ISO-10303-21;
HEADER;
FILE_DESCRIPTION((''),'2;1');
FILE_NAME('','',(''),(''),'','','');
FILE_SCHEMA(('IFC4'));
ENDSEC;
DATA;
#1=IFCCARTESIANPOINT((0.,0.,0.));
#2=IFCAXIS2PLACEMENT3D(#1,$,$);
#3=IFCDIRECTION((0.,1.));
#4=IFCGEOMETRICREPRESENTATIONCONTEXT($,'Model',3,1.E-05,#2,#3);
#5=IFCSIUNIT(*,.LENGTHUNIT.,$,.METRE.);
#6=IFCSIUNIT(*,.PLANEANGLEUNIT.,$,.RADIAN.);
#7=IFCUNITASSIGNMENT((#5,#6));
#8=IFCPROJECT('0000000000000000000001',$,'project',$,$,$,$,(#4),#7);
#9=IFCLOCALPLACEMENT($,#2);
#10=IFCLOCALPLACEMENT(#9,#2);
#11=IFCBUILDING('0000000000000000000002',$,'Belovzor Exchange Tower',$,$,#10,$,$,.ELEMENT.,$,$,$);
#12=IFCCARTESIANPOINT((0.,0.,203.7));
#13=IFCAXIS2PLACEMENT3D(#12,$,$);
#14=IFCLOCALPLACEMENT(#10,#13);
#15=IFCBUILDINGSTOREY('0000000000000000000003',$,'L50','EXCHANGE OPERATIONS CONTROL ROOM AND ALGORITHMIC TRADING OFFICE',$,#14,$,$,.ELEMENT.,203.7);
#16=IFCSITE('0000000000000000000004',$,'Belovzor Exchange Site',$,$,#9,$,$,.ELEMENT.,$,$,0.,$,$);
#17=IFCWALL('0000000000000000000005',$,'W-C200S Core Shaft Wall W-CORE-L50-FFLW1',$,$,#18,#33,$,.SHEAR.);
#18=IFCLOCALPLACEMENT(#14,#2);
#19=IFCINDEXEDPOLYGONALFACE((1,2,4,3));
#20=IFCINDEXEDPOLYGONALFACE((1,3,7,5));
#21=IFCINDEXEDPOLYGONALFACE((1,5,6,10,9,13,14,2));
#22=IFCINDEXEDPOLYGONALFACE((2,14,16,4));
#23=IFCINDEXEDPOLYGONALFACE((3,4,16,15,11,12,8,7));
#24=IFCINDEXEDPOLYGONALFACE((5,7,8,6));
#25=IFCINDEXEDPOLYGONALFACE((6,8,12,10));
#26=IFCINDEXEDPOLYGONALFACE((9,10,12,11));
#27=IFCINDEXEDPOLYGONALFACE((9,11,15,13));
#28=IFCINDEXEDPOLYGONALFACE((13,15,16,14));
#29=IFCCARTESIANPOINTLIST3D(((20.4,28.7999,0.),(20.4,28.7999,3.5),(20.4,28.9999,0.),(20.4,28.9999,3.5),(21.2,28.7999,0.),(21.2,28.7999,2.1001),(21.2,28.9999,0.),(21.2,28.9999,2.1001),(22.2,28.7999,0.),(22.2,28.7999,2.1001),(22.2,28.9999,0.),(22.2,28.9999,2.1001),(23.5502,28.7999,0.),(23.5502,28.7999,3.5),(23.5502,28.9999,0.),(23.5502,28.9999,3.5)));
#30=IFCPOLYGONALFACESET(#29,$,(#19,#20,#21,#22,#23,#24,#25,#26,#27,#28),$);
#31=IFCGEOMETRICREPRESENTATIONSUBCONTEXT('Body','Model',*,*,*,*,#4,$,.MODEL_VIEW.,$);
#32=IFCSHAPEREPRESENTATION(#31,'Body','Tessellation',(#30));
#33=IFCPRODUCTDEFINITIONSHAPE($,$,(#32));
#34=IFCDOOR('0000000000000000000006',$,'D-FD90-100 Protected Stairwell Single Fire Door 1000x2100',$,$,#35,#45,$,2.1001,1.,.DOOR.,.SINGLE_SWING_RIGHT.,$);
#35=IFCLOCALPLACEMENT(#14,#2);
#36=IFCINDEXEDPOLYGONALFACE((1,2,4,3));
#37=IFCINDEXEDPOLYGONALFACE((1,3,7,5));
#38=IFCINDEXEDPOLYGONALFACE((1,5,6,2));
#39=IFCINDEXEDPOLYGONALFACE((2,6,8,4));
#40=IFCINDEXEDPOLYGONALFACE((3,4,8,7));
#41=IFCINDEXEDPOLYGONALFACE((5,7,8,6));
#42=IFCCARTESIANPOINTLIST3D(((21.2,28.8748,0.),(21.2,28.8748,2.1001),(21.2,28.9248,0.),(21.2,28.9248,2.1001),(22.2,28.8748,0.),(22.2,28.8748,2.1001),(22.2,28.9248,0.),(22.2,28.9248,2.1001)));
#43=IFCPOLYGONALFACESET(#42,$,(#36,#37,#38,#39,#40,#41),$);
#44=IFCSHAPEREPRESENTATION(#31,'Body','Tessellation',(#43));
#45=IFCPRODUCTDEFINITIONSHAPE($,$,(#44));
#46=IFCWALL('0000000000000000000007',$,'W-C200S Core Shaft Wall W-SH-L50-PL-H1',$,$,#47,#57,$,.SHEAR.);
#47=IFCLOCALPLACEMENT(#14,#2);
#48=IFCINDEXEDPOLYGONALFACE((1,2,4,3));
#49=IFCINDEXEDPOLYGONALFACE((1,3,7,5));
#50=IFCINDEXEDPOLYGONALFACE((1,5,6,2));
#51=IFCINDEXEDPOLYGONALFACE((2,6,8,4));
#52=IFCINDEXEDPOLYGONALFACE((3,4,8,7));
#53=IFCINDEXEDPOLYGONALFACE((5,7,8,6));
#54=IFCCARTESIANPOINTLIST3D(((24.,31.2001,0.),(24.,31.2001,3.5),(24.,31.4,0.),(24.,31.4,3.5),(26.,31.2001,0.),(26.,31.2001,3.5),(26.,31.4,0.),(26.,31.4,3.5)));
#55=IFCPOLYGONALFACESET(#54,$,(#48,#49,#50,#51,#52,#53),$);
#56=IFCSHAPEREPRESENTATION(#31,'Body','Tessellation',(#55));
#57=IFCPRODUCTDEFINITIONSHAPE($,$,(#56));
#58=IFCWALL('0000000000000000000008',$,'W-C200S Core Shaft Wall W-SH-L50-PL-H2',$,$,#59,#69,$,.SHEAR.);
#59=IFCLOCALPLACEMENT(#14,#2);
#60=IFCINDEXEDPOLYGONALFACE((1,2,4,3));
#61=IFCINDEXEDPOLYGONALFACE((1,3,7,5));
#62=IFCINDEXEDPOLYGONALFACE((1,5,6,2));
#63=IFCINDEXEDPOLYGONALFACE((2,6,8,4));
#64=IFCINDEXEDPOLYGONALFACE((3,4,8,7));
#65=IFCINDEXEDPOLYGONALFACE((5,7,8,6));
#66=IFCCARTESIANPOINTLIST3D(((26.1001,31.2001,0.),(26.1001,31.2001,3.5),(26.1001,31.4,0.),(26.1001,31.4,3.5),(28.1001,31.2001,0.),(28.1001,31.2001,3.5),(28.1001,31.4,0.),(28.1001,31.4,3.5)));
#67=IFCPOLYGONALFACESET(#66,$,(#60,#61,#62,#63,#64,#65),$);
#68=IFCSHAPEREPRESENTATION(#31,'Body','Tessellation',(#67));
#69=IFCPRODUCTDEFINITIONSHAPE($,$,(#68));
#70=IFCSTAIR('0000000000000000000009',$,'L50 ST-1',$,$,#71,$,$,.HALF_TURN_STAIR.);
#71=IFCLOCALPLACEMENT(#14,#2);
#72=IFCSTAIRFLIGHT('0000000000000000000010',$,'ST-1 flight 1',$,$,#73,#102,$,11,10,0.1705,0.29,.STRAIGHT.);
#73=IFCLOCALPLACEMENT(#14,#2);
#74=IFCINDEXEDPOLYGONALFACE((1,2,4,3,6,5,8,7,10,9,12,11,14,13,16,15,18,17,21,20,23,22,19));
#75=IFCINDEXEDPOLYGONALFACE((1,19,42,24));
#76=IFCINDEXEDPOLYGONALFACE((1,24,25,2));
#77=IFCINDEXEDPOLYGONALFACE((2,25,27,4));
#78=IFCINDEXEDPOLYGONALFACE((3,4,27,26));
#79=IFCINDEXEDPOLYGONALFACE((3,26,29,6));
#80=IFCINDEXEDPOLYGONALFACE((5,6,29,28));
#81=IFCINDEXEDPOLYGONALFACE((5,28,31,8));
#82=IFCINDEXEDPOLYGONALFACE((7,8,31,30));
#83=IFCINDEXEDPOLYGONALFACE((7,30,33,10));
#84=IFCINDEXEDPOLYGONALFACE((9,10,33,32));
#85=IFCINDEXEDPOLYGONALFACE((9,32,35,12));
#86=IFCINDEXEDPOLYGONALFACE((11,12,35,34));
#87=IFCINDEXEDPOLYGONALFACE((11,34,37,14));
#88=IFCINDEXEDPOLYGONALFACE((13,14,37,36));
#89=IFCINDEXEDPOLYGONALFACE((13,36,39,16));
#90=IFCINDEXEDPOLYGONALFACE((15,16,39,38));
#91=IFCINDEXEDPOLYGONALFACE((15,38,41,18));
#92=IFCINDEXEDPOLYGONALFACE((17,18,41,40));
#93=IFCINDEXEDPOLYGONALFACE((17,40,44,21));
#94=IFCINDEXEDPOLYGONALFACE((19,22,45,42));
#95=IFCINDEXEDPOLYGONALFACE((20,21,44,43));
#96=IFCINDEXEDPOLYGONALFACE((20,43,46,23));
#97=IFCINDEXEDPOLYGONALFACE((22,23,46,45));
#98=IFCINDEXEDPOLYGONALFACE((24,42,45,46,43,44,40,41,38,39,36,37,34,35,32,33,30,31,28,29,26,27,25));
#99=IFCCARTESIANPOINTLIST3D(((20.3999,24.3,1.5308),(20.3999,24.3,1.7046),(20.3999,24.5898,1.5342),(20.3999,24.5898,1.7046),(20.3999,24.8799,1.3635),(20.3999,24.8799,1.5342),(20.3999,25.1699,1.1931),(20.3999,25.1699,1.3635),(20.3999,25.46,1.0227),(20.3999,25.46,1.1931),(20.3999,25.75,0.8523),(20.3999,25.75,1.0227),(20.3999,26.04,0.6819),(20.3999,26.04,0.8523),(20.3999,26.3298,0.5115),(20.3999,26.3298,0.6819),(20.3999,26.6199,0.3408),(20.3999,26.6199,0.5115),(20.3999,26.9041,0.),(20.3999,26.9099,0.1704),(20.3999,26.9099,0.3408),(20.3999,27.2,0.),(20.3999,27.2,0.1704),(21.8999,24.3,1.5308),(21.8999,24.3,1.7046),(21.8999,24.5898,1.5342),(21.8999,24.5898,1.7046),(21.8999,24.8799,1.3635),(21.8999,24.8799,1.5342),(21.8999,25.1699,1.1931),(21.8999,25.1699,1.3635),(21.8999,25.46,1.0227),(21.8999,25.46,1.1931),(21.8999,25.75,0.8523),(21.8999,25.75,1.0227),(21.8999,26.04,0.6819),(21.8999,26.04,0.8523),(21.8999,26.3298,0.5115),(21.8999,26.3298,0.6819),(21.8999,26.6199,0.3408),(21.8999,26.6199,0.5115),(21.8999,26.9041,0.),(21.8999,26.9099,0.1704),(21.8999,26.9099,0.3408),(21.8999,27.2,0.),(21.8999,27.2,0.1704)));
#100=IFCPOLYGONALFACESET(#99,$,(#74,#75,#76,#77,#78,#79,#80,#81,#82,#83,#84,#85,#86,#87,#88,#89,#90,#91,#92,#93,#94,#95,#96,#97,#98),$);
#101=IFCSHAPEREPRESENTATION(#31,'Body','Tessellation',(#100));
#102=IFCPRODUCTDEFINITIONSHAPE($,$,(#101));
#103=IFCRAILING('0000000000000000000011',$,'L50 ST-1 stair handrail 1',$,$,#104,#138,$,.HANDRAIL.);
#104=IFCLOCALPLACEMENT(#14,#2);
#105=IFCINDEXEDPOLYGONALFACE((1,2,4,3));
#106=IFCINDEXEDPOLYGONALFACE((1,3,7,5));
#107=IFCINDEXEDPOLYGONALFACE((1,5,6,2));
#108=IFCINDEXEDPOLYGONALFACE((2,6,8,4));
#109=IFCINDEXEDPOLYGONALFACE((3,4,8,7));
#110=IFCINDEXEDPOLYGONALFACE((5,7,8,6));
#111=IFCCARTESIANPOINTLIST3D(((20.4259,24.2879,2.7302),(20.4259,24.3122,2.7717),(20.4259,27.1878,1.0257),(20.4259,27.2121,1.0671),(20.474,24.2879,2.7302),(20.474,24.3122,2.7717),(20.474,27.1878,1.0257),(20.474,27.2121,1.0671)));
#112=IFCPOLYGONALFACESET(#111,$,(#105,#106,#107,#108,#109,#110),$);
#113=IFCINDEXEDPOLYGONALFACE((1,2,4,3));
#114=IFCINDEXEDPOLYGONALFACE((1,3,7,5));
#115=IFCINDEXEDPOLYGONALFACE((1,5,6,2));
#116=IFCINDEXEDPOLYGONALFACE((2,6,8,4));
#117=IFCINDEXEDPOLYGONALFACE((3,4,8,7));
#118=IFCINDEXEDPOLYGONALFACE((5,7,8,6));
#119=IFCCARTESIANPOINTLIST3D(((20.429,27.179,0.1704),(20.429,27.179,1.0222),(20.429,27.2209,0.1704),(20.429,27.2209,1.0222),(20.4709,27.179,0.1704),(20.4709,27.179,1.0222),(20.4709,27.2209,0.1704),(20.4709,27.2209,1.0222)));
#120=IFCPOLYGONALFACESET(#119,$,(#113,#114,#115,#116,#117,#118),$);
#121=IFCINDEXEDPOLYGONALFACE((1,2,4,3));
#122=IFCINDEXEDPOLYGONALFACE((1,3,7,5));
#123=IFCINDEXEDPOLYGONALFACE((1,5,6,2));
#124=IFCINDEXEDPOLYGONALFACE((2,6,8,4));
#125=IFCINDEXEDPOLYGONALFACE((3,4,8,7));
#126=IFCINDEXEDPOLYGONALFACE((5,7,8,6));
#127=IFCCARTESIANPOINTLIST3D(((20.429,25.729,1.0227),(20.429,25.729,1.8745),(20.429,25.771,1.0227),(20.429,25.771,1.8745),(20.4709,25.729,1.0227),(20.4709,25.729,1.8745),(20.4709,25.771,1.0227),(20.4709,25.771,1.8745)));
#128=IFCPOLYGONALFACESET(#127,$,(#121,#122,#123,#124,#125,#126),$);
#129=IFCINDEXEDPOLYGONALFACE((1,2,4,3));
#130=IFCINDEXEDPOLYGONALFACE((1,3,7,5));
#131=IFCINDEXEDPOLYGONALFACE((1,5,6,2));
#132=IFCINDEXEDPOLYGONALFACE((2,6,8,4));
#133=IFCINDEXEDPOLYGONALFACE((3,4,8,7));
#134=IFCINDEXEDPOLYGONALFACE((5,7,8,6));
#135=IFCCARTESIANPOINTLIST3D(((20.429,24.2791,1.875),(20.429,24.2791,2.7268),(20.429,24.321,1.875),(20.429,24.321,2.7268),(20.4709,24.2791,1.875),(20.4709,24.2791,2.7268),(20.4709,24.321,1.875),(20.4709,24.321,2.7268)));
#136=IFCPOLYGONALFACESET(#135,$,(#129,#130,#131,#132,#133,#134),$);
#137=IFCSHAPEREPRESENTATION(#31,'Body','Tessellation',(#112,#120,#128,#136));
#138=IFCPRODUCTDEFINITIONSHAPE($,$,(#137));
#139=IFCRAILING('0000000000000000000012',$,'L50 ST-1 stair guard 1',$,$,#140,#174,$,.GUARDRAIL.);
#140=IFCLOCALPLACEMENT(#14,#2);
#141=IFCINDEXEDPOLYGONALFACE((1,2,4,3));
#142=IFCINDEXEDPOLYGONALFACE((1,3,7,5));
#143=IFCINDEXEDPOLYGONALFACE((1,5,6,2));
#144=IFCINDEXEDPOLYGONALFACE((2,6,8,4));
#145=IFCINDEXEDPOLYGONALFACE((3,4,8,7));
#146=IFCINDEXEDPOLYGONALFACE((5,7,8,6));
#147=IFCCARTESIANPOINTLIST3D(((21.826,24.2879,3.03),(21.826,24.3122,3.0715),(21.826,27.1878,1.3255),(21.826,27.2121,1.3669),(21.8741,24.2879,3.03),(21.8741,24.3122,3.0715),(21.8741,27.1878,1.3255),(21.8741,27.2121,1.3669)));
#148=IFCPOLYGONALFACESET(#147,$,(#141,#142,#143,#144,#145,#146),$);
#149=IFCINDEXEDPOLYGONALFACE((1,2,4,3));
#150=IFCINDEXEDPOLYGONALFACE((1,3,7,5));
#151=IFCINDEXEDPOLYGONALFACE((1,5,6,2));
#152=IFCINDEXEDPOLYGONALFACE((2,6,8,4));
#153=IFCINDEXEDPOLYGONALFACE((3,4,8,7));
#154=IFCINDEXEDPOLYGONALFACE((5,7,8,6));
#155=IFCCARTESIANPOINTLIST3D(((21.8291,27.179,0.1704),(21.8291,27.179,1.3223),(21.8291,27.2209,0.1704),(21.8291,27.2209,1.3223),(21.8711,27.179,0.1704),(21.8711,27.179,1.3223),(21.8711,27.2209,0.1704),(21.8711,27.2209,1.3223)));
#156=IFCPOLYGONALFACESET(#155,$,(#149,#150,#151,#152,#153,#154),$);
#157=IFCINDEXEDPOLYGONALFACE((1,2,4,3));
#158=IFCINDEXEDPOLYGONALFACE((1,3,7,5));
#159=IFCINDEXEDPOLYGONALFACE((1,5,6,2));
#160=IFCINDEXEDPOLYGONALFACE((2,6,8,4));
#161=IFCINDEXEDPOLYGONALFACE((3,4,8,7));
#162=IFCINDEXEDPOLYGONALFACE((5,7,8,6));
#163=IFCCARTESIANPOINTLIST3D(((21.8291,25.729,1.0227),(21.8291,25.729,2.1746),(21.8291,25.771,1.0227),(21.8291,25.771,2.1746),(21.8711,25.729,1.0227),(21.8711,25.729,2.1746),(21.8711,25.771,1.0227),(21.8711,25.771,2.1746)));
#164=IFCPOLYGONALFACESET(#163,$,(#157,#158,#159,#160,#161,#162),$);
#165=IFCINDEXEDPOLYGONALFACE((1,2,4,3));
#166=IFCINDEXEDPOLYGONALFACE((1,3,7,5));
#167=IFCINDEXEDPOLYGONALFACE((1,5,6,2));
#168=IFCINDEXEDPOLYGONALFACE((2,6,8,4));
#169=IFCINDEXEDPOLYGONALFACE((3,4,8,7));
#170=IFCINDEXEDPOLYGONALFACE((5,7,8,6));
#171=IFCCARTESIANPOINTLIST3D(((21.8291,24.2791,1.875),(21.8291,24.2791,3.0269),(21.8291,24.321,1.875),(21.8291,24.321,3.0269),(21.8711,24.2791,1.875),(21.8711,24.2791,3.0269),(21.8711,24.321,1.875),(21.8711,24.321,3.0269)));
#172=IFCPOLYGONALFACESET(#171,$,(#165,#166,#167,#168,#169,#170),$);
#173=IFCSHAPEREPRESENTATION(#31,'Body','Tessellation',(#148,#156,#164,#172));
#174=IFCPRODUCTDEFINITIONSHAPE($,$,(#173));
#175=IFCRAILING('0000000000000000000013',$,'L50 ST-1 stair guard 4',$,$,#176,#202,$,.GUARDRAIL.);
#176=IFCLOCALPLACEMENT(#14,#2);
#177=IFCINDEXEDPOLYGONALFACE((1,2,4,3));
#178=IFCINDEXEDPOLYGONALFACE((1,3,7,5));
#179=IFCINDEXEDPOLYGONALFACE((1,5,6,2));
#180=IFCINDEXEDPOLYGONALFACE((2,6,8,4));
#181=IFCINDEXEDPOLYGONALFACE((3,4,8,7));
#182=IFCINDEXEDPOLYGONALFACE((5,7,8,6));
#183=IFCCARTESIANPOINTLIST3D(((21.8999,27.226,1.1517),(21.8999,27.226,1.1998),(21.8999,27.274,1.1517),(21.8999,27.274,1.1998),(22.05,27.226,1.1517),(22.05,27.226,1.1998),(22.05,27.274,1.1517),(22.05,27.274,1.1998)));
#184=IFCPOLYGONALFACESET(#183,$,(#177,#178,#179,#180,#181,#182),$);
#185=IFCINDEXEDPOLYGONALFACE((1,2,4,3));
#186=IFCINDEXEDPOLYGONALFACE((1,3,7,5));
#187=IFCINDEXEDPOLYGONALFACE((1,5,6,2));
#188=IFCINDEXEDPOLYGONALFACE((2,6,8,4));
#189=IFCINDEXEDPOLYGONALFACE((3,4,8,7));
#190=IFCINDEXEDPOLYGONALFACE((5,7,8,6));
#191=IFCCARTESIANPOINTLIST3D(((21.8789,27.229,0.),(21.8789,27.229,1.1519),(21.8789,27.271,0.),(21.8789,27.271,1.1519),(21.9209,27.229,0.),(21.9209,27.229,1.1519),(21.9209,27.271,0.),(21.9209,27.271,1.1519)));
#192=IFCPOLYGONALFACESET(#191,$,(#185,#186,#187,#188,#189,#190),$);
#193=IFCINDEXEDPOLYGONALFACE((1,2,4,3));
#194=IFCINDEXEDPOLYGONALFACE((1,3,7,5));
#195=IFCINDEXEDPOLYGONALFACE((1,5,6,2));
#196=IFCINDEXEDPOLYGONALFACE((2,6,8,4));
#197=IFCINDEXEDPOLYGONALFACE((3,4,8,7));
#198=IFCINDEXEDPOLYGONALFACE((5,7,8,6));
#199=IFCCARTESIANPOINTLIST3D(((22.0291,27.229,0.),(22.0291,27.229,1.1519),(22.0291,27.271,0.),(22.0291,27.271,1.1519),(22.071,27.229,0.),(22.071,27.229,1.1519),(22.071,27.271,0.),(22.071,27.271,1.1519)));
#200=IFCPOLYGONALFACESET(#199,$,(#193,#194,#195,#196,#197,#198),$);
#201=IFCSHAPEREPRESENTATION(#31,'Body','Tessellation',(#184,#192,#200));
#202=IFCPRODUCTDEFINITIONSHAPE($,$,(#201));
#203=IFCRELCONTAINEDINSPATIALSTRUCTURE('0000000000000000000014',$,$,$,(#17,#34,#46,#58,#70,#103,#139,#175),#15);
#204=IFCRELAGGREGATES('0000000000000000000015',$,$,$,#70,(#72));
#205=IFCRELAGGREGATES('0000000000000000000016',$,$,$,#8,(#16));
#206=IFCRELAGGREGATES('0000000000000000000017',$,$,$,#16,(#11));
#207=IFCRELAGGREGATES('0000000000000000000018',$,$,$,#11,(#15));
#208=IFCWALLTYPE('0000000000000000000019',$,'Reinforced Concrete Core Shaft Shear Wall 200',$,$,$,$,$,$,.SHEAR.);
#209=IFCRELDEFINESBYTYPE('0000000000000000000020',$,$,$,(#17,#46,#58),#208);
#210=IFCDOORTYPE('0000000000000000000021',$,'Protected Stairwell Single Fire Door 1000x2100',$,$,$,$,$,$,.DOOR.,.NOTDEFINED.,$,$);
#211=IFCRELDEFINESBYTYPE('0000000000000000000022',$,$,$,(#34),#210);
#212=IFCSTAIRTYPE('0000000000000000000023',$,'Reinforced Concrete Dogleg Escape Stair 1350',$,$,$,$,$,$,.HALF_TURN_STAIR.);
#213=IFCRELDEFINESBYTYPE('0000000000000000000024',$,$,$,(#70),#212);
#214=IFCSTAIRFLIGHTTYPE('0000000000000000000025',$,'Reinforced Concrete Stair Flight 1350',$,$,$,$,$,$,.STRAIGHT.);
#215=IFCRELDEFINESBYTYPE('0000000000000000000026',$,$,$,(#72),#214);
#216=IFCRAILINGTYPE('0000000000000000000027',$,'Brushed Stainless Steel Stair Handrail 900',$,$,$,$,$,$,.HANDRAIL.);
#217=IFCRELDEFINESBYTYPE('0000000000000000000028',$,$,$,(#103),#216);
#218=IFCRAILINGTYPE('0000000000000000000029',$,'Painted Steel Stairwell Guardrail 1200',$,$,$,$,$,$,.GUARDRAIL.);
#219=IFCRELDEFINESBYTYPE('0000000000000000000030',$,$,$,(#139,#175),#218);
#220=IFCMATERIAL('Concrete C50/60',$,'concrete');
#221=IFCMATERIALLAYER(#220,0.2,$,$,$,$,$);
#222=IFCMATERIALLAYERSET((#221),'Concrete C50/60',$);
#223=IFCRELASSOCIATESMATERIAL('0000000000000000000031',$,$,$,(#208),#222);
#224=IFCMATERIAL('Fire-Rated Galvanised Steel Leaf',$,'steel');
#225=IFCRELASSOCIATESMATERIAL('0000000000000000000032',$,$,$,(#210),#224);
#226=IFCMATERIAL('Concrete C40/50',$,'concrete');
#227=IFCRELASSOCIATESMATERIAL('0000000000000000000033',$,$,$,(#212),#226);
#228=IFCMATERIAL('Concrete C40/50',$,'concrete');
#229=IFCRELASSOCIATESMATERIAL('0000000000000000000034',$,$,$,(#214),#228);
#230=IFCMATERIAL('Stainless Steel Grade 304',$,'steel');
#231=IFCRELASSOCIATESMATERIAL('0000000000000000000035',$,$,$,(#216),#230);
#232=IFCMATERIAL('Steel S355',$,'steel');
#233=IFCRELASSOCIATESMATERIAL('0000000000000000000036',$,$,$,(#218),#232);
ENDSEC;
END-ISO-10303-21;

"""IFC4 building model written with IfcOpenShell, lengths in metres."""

from ifc_helpers import new_model, si_unit, direction, frame, frame_2d, origin, origin_2d, place, context, subcontext, project, spatial, polyline, rectangle, outline, extrude, material, layer, layer_set, type_object, element, fill, aggregate, save


model = new_model("IFC4")

# Units and contexts
model_context = context("Model", 3, precision=1e-05, world=origin(), true_north=direction((0.0, 1.0)))
body_context = subcontext(model_context, "Body", "Model", "MODEL_VIEW")
ifc_project = project(units=[si_unit("LENGTHUNIT", "METRE"), si_unit("PLANEANGLEUNIT", "RADIAN")], contexts=[model_context])

# Site, building, storey
site_placement = place(None, origin())
site = spatial("IfcSite", under=ifc_project, at=site_placement, Name="Belovzor Exchange Site", CompositionType="ELEMENT", RefElevation=0.0)
building_placement = place(site_placement, origin())
building = spatial("IfcBuilding", under=site, at=building_placement, Name="Belovzor Exchange Tower", CompositionType="ELEMENT")
storey_placement = place(building_placement, frame((0.0, 0.0, 203.7)))
storey = spatial("IfcBuildingStorey", under=building, at=storey_placement, Name="L50", Description="EXCHANGE OPERATIONS CONTROL ROOM AND ALGORITHMIC TRADING OFFICE", CompositionType="ELEMENT", Elevation=203.7)

# Wall, opening, door
ifc_material_1 = material(Name="Concrete C50/60", Category="concrete")
ifc_layer_1 = layer(ifc_material_1, 0.2)
ifc_layer_set_1 = layer_set([ifc_layer_1], Name="Concrete C50/60")
wall_type_1 = type_object("IfcWallType", Name="Reinforced Concrete Core Shaft Shear Wall 200", PredefinedType="SHEAR", material=ifc_layer_set_1)
wall_1_placement = place(storey_placement, frame((20.3999, 28.8999, 0.0), z_axis=(0.0, 0.0, 1.0), x_axis=(1.0, 0.0, 0.0)))
wall_1 = element("IfcWall", 1, at=wall_1_placement, inside=storey, type_object=wall_type_1, Name="W-C200S Core Shaft Wall W-CORE-L50-FFLW1", PredefinedType="SHEAR", context=body_context, shape_type="SweptSolid", body=[
    extrude(rectangle(XDim=3.1501, YDim=0.2, at=frame_2d((1.5752, 0.0))), origin(), (0.0, 0.0, 1.0), 3.5),
])
opening_1_placement = place(wall_1_placement, frame((0.8, 0.0, 0.0)))
opening_1 = element("IfcOpeningElement", 2, at=opening_1_placement, cuts=wall_1, PredefinedType="OPENING", context=body_context, shape_type="SweptSolid", body=[
    extrude(rectangle(XDim=1.0, YDim=2.1001, at=frame_2d((0.5, 1.05))), frame((0.0, 0.1099, 0.0), z_axis=(0.0, -1.0, 0.0), x_axis=(1.0, 0.0, 0.0)), (0.0, 0.0, 1.0), 0.22),
])
ifc_material_2 = material(Name="Fire-Rated Galvanised Steel Leaf", Category="steel")
door_type_1 = type_object("IfcDoorType", Name="Protected Stairwell Single Fire Door 1000x2100", OperationType="NOTDEFINED", PredefinedType="DOOR", material=ifc_material_2)
door_1_placement = place(opening_1_placement, origin())
door_1 = element("IfcDoor", 3, at=door_1_placement, inside=storey, type_object=door_type_1, Name="D-FD90-100 Protected Stairwell Single Fire Door 1000x2100", OperationType="SINGLE_SWING_RIGHT", OverallHeight=2.1001, OverallWidth=1.0, PredefinedType="DOOR", context=body_context, shape_type="SweptSolid", body=[
    extrude(rectangle(XDim=1.0, YDim=2.1001, at=frame_2d((0.5, 1.05))), frame((0.0, 0.0249, 0.0), z_axis=(0.0, -1.0, 0.0), x_axis=(1.0, 0.0, 0.0)), (0.0, 0.0, 1.0), 0.05),
])
fill(opening_1, door_1)

# Walls
for number, where, z_axis, x_axis, name in (
    (4, (24.0, 31.3, 0.0), (0.0, 0.0, 1.0), (1.0, 0.0, 0.0), "W-C200S Core Shaft Wall W-SH-L50-PL-H1"),
    (5, (26.1001, 31.3, 0.0), (0.0, 0.0, 1.0), (1.0, 0.0, 0.0), "W-C200S Core Shaft Wall W-SH-L50-PL-H2"),
):
    element("IfcWall", number, at=place(storey_placement, frame(where, z_axis=z_axis, x_axis=x_axis)), inside=storey, type_object=wall_type_1, Name=name, PredefinedType="SHEAR", context=body_context, shape_type="SweptSolid", body=[
        extrude(rectangle(XDim=2.0, YDim=0.2, at=frame_2d((1.0, 0.0))), origin(), (0.0, 0.0, 1.0), 3.5),
    ])

# Stair, stair flight
ifc_material_3 = material(Name="Concrete C40/50", Category="concrete")
stair_type = type_object("IfcStairType", Name="Reinforced Concrete Dogleg Escape Stair 1350", PredefinedType="HALF_TURN_STAIR", material=ifc_material_3)
stair_placement = place(storey_placement, origin())
stair = element("IfcStair", 6, at=stair_placement, inside=storey, type_object=stair_type, Name="L50 ST-1", PredefinedType="HALF_TURN_STAIR")
ifc_material_4 = material(Name="Concrete C40/50", Category="concrete")
stair_flight_type = type_object("IfcStairFlightType", Name="Reinforced Concrete Stair Flight 1350", PredefinedType="STRAIGHT", material=ifc_material_4)
stair_flight_placement = place(storey_placement, frame((21.1499, 27.2, 0.0), z_axis=(0.0, 0.0, 1.0), x_axis=(0.0, -1.0, 0.0)))
stair_flight = element("IfcStairFlight", 7, at=stair_flight_placement, type_object=stair_flight_type, Name="ST-1 flight 1", NumberOfRisers=11, NumberOfTreads=10, PredefinedType="STRAIGHT", RiserHeight=0.1705, TreadLength=0.29, context=body_context, shape_type="SweptSolid", body=[
    extrude(outline(polyline([(0.0, 0.0), (0.0, 0.1704), (0.29, 0.1704), (0.29, 0.3408), (0.5801, 0.3408), (0.5801, 0.5115), (0.8701, 0.5115), (0.8701, 0.6819), (1.1599, 0.6819), (1.1599, 0.8523), (1.45, 0.8523), (1.45, 1.0227), (1.74, 1.0227), (1.74, 1.1931), (2.03, 1.1931), (2.03, 1.3635), (2.3201, 1.3635), (2.3201, 1.5342), (2.6101, 1.5342), (2.6101, 1.7046), (2.8999, 1.7046), (2.8999, 1.875), (2.8999, 1.5308), (0.2959, 0.0), (0.0, 0.0)])), frame((0.0, 0.75, 0.0), z_axis=(0.0, -1.0, 0.0), x_axis=(1.0, 0.0, 0.0)), (0.0, 0.0, 1.0), 1.5),
])
aggregate(stair, [stair_flight])

# Railings
ifc_material_5 = material(Name="Stainless Steel Grade 304", Category="steel")
railing_type_1 = type_object("IfcRailingType", Name="Brushed Stainless Steel Stair Handrail 900", PredefinedType="HANDRAIL", material=ifc_material_5)
railing_1_placement = place(storey_placement, frame((20.45, 27.2, 0.1704)))
element("IfcRailing", 8, at=railing_1_placement, inside=storey, type_object=railing_type_1, Name="L50 ST-1 stair handrail 1", PredefinedType="HANDRAIL", context=body_context, shape_type="SweptSolid", body=[
    extrude(rectangle(XDim=0.0481, YDim=0.0481, at=origin_2d()), frame((0.0, 0.0, 0.876), z_axis=(0.0, -0.862095, 0.506747), x_axis=(1.0, 0.0, 0.0)), (0.0, 0.0, 1.0), 3.3638),
    extrude(rectangle(XDim=0.042, YDim=0.042, at=origin_2d()), origin(), (0.0, 0.0, 1.0), 0.8518),
    extrude(rectangle(XDim=0.042, YDim=0.042, at=origin_2d()), frame((0.0, -1.45, 0.8523)), (0.0, 0.0, 1.0), 0.8518),
    extrude(rectangle(XDim=0.042, YDim=0.042, at=origin_2d()), frame((0.0, -2.8999, 1.7046)), (0.0, 0.0, 1.0), 0.8518),
])
ifc_material_6 = material(Name="Steel S355", Category="steel")
railing_type_2 = type_object("IfcRailingType", Name="Painted Steel Stairwell Guardrail 1200", PredefinedType="GUARDRAIL", material=ifc_material_6)
railing_2_placement = place(storey_placement, frame((21.8501, 27.2, 0.1704)))
element("IfcRailing", 9, at=railing_2_placement, inside=storey, type_object=railing_type_2, Name="L50 ST-1 stair guard 1", PredefinedType="GUARDRAIL", context=body_context, shape_type="SweptSolid", body=[
    extrude(rectangle(XDim=0.0481, YDim=0.0481, at=origin_2d()), frame((0.0, 0.0, 1.1758), z_axis=(0.0, -0.862095, 0.506747), x_axis=(1.0, 0.0, 0.0)), (0.0, 0.0, 1.0), 3.3638),
    extrude(rectangle(XDim=0.042, YDim=0.042, at=origin_2d()), origin(), (0.0, 0.0, 1.0), 1.1519),
    extrude(rectangle(XDim=0.042, YDim=0.042, at=origin_2d()), frame((0.0, -1.45, 0.8523)), (0.0, 0.0, 1.0), 1.1519),
    extrude(rectangle(XDim=0.042, YDim=0.042, at=origin_2d()), frame((0.0, -2.8999, 1.7046)), (0.0, 0.0, 1.0), 1.1519),
])
railing_3_placement = place(storey_placement, frame((21.8999, 27.25, 0.0)))
element("IfcRailing", 10, at=railing_3_placement, inside=storey, type_object=railing_type_2, Name="L50 ST-1 stair guard 4", PredefinedType="GUARDRAIL", context=body_context, shape_type="SweptSolid", body=[
    extrude(rectangle(XDim=0.0481, YDim=0.0481, at=origin_2d()), frame((0.0, 0.0, 1.1758), z_axis=(1.0, 0.0, 0.0), x_axis=(0.0, 1.0, 0.0)), (0.0, 0.0, 1.0), 0.1501),
    extrude(rectangle(XDim=0.042, YDim=0.042, at=origin_2d()), origin(), (0.0, 0.0, 1.0), 1.1519),
    extrude(rectangle(XDim=0.042, YDim=0.042, at=origin_2d()), frame((0.1501, 0.0, 0.0)), (0.0, 0.0, 1.0), 1.1519),
])

save(model, "model.ifc")
